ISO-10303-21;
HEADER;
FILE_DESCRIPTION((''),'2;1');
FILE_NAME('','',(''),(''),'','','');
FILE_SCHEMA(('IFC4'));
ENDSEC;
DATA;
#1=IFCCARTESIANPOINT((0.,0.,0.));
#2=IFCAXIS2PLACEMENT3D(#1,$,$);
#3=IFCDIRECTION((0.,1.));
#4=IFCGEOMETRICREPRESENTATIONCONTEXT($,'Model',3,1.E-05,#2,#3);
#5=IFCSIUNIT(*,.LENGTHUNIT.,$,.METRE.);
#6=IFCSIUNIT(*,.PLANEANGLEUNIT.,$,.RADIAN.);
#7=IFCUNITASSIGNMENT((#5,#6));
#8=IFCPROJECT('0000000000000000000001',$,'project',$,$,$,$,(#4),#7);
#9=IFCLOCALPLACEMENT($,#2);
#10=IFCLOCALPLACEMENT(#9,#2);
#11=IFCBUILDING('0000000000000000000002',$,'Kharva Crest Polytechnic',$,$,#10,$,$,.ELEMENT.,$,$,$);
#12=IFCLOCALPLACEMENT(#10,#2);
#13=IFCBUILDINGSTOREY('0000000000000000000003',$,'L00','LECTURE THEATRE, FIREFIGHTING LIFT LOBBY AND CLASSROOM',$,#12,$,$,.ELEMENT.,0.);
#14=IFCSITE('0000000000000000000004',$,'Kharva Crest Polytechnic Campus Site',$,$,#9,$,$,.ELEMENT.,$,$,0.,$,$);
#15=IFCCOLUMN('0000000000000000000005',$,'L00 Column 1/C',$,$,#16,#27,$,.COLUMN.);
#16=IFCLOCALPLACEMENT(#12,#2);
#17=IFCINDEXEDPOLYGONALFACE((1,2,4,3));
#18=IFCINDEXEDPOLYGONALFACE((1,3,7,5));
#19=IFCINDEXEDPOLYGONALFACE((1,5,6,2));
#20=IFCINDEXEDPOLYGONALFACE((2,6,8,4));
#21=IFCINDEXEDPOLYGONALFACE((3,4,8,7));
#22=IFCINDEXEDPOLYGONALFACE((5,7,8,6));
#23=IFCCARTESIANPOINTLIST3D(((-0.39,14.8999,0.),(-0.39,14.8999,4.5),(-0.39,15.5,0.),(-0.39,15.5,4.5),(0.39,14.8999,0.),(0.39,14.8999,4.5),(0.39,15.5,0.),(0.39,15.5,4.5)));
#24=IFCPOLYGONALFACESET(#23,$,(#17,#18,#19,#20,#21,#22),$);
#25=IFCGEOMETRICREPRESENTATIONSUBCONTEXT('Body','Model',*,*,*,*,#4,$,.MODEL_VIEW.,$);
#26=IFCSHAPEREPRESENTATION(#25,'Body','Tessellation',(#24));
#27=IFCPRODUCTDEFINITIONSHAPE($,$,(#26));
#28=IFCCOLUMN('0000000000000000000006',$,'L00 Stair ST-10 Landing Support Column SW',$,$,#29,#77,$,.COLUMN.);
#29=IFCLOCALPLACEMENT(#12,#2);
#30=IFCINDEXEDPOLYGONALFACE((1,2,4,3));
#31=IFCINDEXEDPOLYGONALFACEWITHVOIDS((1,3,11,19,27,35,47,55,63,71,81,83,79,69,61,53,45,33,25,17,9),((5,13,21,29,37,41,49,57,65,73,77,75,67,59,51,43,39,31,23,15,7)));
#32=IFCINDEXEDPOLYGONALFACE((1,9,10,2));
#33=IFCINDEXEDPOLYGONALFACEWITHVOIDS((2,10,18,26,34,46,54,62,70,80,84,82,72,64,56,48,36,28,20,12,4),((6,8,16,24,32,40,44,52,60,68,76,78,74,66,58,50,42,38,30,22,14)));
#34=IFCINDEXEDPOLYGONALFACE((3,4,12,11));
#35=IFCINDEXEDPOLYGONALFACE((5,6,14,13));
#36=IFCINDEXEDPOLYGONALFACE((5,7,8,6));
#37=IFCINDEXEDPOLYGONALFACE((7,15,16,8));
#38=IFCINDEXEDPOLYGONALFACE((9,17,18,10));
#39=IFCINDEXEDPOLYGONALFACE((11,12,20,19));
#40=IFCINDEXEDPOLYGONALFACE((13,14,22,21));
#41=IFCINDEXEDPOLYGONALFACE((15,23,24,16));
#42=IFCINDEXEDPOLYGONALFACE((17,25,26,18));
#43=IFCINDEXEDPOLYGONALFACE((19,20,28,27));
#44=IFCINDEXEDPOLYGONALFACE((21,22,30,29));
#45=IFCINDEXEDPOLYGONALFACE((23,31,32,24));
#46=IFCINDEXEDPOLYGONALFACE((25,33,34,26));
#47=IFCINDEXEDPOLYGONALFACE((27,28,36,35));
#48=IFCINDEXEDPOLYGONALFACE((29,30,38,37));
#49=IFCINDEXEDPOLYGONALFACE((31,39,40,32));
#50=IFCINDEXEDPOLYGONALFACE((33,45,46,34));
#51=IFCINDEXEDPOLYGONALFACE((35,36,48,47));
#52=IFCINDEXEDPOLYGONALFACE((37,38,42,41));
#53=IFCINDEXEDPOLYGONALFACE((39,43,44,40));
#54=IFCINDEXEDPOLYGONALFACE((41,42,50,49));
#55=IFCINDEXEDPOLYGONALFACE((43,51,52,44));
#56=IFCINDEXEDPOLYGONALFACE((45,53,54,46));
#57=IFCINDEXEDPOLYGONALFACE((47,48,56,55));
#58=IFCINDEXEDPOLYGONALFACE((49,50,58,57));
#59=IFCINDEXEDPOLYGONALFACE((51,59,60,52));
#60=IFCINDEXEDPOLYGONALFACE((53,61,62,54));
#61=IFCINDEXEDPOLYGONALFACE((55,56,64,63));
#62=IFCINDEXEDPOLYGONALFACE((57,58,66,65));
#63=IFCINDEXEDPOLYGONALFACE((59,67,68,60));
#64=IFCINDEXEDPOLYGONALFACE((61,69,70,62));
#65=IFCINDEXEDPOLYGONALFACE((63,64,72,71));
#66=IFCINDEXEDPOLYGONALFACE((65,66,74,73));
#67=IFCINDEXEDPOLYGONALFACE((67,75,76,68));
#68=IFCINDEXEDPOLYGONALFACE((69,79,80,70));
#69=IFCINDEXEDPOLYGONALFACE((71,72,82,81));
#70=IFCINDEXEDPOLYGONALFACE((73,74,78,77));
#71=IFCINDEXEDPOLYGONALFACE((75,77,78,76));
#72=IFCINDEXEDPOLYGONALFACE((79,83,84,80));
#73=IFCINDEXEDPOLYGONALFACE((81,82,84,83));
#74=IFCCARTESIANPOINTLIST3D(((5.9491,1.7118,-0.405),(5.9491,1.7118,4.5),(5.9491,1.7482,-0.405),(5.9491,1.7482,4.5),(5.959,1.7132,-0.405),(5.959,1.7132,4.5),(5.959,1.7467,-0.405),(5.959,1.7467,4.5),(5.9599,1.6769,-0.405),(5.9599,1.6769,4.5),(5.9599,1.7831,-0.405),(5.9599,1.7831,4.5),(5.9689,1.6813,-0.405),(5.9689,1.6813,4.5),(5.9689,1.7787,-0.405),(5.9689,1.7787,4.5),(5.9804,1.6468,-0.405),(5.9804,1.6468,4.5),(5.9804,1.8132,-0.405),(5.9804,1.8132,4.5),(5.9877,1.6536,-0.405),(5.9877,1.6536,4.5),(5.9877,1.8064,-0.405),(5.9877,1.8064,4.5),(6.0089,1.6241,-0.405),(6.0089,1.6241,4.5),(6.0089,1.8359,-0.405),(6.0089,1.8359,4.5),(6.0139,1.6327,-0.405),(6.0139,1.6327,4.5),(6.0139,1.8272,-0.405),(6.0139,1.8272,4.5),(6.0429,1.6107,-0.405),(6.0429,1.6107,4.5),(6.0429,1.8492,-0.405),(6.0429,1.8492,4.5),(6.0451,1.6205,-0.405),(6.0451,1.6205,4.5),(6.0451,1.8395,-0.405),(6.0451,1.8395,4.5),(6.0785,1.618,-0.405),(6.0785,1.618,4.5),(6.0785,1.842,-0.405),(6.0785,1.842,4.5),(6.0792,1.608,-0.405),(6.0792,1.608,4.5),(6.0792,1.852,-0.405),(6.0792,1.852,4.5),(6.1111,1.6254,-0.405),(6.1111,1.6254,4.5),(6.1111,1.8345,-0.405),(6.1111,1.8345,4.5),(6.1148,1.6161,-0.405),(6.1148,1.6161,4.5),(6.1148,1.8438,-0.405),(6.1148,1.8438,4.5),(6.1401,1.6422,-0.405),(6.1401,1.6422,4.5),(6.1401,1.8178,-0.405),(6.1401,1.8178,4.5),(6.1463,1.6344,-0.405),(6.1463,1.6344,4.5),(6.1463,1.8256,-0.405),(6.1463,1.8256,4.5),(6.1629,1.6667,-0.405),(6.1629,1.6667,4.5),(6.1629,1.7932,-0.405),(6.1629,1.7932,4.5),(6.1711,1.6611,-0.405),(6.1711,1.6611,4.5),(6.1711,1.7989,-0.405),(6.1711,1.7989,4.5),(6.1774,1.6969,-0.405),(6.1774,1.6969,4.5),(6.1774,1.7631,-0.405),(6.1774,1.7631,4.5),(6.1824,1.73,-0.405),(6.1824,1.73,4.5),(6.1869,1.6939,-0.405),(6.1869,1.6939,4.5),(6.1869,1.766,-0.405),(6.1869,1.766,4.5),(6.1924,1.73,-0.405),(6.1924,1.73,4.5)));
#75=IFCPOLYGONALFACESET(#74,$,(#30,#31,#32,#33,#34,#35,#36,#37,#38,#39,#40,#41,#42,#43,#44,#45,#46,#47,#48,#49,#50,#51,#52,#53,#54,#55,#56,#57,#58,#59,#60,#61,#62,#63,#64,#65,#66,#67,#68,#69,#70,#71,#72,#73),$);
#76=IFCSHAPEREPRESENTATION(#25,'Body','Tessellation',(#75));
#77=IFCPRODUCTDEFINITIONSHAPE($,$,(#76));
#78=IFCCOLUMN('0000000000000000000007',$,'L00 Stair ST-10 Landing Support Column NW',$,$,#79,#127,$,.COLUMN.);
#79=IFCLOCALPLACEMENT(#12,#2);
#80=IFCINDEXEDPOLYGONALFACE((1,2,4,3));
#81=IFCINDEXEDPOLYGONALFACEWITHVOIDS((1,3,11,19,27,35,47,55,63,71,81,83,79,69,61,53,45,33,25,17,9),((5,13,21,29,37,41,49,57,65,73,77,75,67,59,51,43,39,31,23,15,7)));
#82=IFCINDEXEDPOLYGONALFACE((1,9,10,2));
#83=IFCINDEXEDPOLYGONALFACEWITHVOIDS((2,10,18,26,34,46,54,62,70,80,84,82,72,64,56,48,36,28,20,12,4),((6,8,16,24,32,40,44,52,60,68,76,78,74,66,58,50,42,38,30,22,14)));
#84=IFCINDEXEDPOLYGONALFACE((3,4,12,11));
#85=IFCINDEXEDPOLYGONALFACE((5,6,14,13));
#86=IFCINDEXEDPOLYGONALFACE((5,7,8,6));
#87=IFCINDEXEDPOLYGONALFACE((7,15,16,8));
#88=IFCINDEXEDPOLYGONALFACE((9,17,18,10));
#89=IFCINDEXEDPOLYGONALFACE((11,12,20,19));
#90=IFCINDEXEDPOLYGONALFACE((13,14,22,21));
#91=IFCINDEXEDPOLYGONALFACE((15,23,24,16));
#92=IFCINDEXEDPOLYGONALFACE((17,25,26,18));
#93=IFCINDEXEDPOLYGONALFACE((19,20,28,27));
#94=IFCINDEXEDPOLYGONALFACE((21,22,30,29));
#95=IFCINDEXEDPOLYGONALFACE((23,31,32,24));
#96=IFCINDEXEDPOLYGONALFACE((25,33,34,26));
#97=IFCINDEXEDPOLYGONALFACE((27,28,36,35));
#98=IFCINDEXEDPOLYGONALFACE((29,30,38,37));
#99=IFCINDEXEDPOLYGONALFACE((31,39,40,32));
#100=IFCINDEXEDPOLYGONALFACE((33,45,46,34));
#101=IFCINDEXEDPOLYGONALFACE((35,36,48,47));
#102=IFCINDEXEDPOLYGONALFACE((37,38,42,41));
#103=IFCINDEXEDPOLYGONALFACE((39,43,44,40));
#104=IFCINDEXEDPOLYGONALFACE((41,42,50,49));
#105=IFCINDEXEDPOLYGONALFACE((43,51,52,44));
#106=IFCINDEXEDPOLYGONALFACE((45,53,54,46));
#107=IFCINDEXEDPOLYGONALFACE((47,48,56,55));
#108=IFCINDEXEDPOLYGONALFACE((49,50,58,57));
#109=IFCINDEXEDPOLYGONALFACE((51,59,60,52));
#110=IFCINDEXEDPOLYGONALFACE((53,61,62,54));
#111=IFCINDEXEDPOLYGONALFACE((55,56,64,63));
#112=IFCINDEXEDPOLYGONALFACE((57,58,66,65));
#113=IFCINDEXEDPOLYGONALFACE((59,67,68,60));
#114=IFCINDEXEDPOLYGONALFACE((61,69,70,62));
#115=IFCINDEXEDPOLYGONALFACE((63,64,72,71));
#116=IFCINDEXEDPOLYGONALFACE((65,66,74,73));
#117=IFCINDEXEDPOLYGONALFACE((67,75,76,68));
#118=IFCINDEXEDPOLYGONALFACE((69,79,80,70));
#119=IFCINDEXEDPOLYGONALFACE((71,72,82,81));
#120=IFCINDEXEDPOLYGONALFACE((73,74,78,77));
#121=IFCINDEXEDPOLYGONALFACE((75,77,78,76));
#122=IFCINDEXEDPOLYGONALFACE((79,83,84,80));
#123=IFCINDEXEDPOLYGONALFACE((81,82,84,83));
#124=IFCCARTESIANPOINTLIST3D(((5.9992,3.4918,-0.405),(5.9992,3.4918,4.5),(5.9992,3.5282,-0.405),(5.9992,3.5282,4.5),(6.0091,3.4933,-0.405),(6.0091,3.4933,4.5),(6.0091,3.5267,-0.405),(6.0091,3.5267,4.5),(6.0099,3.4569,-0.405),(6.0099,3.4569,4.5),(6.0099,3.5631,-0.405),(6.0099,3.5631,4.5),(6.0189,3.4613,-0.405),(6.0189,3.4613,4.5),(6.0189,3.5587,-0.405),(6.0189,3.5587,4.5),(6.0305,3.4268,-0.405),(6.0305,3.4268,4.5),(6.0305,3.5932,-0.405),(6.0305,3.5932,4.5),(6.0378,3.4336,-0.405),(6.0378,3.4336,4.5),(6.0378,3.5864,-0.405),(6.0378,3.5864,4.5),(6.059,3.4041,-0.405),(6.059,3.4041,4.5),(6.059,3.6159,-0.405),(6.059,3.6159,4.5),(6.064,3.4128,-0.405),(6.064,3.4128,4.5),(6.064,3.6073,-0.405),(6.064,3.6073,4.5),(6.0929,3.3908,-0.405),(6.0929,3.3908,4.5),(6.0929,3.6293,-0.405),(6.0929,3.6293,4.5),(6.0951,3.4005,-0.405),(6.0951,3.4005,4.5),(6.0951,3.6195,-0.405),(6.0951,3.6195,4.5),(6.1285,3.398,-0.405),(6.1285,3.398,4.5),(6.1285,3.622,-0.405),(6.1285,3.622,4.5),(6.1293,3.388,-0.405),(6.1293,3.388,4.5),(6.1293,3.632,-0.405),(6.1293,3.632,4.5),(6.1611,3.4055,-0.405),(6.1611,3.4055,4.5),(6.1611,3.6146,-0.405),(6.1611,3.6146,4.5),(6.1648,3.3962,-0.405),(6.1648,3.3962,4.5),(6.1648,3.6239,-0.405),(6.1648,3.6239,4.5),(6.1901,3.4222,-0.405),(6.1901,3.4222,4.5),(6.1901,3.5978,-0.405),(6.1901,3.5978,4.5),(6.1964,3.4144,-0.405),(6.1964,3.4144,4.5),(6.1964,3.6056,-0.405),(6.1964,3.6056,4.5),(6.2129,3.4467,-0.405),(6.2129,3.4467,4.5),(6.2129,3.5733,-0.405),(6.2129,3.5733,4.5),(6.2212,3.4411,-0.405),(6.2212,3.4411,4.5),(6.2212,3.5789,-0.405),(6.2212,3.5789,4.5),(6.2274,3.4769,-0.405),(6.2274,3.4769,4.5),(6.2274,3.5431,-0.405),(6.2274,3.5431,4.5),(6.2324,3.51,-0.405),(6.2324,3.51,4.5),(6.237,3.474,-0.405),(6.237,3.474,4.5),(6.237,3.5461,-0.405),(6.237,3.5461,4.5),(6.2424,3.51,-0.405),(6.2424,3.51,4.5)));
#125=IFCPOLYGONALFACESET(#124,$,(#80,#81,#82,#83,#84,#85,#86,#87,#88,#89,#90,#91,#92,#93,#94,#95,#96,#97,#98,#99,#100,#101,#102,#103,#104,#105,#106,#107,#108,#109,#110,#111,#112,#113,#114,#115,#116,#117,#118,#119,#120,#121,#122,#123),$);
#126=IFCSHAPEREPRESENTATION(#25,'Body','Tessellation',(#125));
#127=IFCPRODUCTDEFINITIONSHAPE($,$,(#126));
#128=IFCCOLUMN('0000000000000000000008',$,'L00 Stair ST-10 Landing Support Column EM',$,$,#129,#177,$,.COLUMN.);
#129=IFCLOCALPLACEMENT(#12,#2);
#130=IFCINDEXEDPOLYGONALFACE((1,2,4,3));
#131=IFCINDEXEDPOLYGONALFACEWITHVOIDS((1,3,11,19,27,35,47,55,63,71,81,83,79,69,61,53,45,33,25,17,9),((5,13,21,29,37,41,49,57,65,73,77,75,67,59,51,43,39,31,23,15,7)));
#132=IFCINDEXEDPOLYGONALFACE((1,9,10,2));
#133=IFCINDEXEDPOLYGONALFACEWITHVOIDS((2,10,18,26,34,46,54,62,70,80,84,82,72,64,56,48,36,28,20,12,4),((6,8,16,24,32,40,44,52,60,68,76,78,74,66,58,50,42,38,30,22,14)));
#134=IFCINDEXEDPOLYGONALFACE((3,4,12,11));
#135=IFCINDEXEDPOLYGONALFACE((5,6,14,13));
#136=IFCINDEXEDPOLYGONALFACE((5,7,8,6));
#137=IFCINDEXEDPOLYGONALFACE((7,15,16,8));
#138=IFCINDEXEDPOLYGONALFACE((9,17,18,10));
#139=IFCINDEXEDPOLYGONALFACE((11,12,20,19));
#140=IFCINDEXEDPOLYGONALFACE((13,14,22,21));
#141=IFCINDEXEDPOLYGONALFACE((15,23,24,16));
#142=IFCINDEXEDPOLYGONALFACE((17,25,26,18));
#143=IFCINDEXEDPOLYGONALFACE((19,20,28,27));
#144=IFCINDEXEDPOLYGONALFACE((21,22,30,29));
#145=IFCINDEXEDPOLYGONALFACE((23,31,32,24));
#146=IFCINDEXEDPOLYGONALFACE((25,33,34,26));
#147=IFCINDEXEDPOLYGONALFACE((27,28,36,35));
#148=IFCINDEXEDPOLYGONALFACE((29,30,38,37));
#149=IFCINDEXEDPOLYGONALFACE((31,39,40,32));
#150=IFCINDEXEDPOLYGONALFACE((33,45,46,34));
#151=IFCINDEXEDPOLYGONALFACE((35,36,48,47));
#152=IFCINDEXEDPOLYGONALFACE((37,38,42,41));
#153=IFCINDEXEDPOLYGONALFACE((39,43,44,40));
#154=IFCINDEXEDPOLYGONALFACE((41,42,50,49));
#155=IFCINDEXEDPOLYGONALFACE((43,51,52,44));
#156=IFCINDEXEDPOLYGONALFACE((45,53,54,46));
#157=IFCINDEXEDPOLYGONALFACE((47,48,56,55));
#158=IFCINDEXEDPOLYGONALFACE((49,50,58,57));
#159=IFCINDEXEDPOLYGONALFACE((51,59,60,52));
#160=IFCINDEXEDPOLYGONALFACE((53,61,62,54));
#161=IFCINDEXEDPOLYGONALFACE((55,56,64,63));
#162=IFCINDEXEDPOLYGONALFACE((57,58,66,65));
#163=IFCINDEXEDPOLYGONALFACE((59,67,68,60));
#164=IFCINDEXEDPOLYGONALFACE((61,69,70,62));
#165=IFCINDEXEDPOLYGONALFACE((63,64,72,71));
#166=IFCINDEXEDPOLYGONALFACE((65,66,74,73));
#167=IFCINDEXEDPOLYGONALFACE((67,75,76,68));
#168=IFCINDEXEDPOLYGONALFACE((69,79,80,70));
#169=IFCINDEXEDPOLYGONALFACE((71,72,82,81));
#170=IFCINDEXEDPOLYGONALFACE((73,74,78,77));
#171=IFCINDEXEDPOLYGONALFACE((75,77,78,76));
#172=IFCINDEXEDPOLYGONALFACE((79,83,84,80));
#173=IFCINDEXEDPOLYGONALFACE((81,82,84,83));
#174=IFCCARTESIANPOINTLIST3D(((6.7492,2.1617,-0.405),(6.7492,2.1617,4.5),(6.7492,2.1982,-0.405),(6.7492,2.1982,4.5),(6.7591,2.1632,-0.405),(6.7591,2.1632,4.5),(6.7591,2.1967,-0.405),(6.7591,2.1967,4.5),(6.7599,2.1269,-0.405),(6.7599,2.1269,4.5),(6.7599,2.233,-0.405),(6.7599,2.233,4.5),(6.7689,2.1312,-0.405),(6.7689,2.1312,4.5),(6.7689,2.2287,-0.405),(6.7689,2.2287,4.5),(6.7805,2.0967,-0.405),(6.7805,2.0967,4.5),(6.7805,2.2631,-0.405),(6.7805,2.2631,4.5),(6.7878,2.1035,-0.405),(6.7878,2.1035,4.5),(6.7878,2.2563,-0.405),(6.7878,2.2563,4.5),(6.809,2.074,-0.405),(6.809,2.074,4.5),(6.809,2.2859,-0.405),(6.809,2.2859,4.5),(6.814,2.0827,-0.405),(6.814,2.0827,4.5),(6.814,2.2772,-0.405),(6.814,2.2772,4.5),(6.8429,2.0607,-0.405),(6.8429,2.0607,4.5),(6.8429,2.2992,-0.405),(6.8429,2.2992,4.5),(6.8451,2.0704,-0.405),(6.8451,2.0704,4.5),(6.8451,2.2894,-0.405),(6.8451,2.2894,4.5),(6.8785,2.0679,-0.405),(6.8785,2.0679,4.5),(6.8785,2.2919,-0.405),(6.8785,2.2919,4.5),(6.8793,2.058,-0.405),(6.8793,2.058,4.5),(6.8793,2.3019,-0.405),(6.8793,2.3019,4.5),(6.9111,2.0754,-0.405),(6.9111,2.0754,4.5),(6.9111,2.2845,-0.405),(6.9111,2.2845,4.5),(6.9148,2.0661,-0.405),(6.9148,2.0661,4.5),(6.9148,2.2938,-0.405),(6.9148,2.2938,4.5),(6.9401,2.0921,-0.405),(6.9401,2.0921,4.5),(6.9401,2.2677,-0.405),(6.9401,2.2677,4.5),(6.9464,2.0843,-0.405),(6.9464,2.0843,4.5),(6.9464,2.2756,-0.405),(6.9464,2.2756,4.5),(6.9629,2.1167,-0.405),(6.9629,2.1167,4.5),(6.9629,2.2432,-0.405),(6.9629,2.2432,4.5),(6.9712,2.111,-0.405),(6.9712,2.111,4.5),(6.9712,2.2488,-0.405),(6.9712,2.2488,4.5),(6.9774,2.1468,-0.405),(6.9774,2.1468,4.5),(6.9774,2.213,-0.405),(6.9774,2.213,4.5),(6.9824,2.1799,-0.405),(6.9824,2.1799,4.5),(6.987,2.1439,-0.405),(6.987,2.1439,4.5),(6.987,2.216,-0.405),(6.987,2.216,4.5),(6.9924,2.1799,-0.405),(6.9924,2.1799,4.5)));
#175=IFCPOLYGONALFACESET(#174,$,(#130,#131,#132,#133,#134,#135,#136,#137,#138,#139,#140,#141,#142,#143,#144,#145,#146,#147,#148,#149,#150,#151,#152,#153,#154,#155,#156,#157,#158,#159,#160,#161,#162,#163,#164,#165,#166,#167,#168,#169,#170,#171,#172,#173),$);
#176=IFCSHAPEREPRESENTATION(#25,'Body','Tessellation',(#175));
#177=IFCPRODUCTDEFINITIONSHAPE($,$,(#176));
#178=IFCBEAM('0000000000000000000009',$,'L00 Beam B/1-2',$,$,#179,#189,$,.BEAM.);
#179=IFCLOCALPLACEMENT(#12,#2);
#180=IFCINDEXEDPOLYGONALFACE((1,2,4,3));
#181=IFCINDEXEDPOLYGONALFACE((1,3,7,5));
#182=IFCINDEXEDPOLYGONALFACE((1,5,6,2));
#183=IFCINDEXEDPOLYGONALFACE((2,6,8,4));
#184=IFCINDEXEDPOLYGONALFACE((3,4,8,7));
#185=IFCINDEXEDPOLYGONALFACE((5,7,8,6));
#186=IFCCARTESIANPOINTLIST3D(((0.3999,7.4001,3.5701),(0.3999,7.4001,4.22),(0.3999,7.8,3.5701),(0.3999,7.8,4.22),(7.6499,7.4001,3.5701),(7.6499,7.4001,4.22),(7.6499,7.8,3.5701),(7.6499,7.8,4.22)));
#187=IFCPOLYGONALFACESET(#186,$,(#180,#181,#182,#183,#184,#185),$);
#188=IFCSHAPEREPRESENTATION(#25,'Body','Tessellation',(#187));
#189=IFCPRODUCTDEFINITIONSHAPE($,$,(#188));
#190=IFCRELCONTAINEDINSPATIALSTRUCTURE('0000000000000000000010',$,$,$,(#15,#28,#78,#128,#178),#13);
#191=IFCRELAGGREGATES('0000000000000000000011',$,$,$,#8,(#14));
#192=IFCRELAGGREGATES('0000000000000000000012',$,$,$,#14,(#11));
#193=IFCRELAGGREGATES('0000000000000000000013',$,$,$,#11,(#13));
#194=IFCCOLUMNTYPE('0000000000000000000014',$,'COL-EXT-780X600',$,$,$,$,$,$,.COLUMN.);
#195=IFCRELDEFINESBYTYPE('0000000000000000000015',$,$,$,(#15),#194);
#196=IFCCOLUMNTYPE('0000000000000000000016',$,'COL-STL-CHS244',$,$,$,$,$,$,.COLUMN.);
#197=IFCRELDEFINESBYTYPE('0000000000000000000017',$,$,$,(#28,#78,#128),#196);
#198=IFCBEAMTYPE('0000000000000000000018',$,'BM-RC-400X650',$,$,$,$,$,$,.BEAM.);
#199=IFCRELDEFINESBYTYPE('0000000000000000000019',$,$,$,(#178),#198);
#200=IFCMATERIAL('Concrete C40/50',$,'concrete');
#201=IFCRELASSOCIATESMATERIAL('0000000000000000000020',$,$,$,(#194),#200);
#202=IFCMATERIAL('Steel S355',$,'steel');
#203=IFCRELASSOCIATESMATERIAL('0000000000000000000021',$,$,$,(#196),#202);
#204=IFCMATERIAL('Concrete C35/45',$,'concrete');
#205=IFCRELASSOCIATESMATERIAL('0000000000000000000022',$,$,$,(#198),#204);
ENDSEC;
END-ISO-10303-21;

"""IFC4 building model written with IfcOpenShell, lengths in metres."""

from ifc_helpers import new_model, si_unit, direction, frame, origin, origin_2d, place, context, subcontext, project, spatial, rectangle, hollow_circle, extrude, material, material_profile, profile_set, type_object, element, save


model = new_model("IFC4")

# Units and contexts
model_context = context("Model", 3, precision=1e-05, world=origin(), true_north=direction((0.0, 1.0)))
body_context = subcontext(model_context, "Body", "Model", "MODEL_VIEW")
ifc_project = project(units=[si_unit("LENGTHUNIT", "METRE"), si_unit("PLANEANGLEUNIT", "RADIAN")], contexts=[model_context])

# Site, building, storey
site_placement = place(None, origin())
site = spatial("IfcSite", under=ifc_project, at=site_placement, Name="Kharva Crest Polytechnic Campus Site", CompositionType="ELEMENT", RefElevation=0.0)
building_placement = place(site_placement, origin())
building = spatial("IfcBuilding", under=site, at=building_placement, Name="Kharva Crest Polytechnic", CompositionType="ELEMENT")
storey_placement = place(building_placement, origin())
storey = spatial("IfcBuildingStorey", under=building, at=storey_placement, Name="L00", Description="LECTURE THEATRE, FIREFIGHTING LIFT LOBBY AND CLASSROOM", CompositionType="ELEMENT", Elevation=0.0)

# Shared definitions
ifc_material_1 = material(Name="Concrete C35/45", Category="concrete")

# Columns
ifc_material_2 = material(Name="Concrete C40/50", Category="concrete")
ifc_material_profile_1 = material_profile(ifc_material_2, rectangle(XDim=0.78, YDim=0.6001, at=origin_2d()), Name="RECT 780 X 600")
ifc_profile_set_1 = profile_set([ifc_material_profile_1], Name="Concrete C40/50")
column_type_1 = type_object("IfcColumnType", Name="COL-EXT-780X600", PredefinedType="COLUMN", material=ifc_profile_set_1)
column_placement = place(storey_placement, frame((0.0, 15.2, 0.0), z_axis=(0.0, 0.0, 1.0), x_axis=(1.0, 0.0, 0.0)))
element("IfcColumn", 1, at=column_placement, inside=storey, type_object=column_type_1, Name="L00 Column 1/C", PredefinedType="COLUMN", context=body_context, shape_type="SweptSolid", body=[
    extrude(rectangle(XDim=0.78, YDim=0.6001, at=origin_2d()), origin(), (0.0, 0.0, 1.0), 4.5),
])
ifc_material_3 = material(Name="Steel S355", Category="steel")
ifc_material_profile_2 = material_profile(ifc_material_3, hollow_circle(Radius=0.1223, WallThickness=0.01, at=origin_2d()), Name="CHS 244.5X10.0")
ifc_profile_set_2 = profile_set([ifc_material_profile_2], Name="Steel S355")
column_type_2 = type_object("IfcColumnType", Name="COL-STL-CHS244", PredefinedType="COLUMN", material=ifc_profile_set_2)
for number, where, z_axis, x_axis, name in (
    (2, (6.0701, 1.73, -0.405), (0.0, 0.0, 1.0), (1.0, 0.0, 0.0), "L00 Stair ST-10 Landing Support Column SW"),
    (3, (6.1201, 3.51, -0.405), (0.0, 0.0, 1.0), (1.0, 0.0, 0.0), "L00 Stair ST-10 Landing Support Column NW"),
    (4, (6.8701, 2.1799, -0.405), (0.0, 0.0, 1.0), (1.0, 0.0, 0.0), "L00 Stair ST-10 Landing Support Column EM"),
):
    element("IfcColumn", number, at=place(storey_placement, frame(where, z_axis=z_axis, x_axis=x_axis)), inside=storey, type_object=column_type_2, Name=name, PredefinedType="COLUMN", context=body_context, shape_type="SweptSolid", body=[
        extrude(hollow_circle(Radius=0.1223, WallThickness=0.01, at=origin_2d()), origin(), (0.0, 0.0, 1.0), 4.905),
    ])

# Beam
ifc_material_profile_3 = material_profile(ifc_material_1, rectangle(XDim=0.3999, YDim=0.6499, at=origin_2d()), Name="RECT 400 X 650")
ifc_profile_set_3 = profile_set([ifc_material_profile_3], Name="Concrete C35/45")
beam_type_1 = type_object("IfcBeamType", Name="BM-RC-400X650", PredefinedType="BEAM", material=ifc_profile_set_3)
beam_1_placement = place(storey_placement, frame((0.3999, 7.6001, 3.895), z_axis=(1.0, 0.0, 0.0), x_axis=(0.0, 1.0, 0.0)))
element("IfcBeam", 5, at=beam_1_placement, inside=storey, type_object=beam_type_1, Name="L00 Beam B/1-2", PredefinedType="BEAM", context=body_context, shape_type="SweptSolid", body=[
    extrude(rectangle(XDim=0.3999, YDim=0.6499, at=origin_2d()), origin(), (0.0, 0.0, 1.0), 7.25),
])

save(model, "model.ifc")
